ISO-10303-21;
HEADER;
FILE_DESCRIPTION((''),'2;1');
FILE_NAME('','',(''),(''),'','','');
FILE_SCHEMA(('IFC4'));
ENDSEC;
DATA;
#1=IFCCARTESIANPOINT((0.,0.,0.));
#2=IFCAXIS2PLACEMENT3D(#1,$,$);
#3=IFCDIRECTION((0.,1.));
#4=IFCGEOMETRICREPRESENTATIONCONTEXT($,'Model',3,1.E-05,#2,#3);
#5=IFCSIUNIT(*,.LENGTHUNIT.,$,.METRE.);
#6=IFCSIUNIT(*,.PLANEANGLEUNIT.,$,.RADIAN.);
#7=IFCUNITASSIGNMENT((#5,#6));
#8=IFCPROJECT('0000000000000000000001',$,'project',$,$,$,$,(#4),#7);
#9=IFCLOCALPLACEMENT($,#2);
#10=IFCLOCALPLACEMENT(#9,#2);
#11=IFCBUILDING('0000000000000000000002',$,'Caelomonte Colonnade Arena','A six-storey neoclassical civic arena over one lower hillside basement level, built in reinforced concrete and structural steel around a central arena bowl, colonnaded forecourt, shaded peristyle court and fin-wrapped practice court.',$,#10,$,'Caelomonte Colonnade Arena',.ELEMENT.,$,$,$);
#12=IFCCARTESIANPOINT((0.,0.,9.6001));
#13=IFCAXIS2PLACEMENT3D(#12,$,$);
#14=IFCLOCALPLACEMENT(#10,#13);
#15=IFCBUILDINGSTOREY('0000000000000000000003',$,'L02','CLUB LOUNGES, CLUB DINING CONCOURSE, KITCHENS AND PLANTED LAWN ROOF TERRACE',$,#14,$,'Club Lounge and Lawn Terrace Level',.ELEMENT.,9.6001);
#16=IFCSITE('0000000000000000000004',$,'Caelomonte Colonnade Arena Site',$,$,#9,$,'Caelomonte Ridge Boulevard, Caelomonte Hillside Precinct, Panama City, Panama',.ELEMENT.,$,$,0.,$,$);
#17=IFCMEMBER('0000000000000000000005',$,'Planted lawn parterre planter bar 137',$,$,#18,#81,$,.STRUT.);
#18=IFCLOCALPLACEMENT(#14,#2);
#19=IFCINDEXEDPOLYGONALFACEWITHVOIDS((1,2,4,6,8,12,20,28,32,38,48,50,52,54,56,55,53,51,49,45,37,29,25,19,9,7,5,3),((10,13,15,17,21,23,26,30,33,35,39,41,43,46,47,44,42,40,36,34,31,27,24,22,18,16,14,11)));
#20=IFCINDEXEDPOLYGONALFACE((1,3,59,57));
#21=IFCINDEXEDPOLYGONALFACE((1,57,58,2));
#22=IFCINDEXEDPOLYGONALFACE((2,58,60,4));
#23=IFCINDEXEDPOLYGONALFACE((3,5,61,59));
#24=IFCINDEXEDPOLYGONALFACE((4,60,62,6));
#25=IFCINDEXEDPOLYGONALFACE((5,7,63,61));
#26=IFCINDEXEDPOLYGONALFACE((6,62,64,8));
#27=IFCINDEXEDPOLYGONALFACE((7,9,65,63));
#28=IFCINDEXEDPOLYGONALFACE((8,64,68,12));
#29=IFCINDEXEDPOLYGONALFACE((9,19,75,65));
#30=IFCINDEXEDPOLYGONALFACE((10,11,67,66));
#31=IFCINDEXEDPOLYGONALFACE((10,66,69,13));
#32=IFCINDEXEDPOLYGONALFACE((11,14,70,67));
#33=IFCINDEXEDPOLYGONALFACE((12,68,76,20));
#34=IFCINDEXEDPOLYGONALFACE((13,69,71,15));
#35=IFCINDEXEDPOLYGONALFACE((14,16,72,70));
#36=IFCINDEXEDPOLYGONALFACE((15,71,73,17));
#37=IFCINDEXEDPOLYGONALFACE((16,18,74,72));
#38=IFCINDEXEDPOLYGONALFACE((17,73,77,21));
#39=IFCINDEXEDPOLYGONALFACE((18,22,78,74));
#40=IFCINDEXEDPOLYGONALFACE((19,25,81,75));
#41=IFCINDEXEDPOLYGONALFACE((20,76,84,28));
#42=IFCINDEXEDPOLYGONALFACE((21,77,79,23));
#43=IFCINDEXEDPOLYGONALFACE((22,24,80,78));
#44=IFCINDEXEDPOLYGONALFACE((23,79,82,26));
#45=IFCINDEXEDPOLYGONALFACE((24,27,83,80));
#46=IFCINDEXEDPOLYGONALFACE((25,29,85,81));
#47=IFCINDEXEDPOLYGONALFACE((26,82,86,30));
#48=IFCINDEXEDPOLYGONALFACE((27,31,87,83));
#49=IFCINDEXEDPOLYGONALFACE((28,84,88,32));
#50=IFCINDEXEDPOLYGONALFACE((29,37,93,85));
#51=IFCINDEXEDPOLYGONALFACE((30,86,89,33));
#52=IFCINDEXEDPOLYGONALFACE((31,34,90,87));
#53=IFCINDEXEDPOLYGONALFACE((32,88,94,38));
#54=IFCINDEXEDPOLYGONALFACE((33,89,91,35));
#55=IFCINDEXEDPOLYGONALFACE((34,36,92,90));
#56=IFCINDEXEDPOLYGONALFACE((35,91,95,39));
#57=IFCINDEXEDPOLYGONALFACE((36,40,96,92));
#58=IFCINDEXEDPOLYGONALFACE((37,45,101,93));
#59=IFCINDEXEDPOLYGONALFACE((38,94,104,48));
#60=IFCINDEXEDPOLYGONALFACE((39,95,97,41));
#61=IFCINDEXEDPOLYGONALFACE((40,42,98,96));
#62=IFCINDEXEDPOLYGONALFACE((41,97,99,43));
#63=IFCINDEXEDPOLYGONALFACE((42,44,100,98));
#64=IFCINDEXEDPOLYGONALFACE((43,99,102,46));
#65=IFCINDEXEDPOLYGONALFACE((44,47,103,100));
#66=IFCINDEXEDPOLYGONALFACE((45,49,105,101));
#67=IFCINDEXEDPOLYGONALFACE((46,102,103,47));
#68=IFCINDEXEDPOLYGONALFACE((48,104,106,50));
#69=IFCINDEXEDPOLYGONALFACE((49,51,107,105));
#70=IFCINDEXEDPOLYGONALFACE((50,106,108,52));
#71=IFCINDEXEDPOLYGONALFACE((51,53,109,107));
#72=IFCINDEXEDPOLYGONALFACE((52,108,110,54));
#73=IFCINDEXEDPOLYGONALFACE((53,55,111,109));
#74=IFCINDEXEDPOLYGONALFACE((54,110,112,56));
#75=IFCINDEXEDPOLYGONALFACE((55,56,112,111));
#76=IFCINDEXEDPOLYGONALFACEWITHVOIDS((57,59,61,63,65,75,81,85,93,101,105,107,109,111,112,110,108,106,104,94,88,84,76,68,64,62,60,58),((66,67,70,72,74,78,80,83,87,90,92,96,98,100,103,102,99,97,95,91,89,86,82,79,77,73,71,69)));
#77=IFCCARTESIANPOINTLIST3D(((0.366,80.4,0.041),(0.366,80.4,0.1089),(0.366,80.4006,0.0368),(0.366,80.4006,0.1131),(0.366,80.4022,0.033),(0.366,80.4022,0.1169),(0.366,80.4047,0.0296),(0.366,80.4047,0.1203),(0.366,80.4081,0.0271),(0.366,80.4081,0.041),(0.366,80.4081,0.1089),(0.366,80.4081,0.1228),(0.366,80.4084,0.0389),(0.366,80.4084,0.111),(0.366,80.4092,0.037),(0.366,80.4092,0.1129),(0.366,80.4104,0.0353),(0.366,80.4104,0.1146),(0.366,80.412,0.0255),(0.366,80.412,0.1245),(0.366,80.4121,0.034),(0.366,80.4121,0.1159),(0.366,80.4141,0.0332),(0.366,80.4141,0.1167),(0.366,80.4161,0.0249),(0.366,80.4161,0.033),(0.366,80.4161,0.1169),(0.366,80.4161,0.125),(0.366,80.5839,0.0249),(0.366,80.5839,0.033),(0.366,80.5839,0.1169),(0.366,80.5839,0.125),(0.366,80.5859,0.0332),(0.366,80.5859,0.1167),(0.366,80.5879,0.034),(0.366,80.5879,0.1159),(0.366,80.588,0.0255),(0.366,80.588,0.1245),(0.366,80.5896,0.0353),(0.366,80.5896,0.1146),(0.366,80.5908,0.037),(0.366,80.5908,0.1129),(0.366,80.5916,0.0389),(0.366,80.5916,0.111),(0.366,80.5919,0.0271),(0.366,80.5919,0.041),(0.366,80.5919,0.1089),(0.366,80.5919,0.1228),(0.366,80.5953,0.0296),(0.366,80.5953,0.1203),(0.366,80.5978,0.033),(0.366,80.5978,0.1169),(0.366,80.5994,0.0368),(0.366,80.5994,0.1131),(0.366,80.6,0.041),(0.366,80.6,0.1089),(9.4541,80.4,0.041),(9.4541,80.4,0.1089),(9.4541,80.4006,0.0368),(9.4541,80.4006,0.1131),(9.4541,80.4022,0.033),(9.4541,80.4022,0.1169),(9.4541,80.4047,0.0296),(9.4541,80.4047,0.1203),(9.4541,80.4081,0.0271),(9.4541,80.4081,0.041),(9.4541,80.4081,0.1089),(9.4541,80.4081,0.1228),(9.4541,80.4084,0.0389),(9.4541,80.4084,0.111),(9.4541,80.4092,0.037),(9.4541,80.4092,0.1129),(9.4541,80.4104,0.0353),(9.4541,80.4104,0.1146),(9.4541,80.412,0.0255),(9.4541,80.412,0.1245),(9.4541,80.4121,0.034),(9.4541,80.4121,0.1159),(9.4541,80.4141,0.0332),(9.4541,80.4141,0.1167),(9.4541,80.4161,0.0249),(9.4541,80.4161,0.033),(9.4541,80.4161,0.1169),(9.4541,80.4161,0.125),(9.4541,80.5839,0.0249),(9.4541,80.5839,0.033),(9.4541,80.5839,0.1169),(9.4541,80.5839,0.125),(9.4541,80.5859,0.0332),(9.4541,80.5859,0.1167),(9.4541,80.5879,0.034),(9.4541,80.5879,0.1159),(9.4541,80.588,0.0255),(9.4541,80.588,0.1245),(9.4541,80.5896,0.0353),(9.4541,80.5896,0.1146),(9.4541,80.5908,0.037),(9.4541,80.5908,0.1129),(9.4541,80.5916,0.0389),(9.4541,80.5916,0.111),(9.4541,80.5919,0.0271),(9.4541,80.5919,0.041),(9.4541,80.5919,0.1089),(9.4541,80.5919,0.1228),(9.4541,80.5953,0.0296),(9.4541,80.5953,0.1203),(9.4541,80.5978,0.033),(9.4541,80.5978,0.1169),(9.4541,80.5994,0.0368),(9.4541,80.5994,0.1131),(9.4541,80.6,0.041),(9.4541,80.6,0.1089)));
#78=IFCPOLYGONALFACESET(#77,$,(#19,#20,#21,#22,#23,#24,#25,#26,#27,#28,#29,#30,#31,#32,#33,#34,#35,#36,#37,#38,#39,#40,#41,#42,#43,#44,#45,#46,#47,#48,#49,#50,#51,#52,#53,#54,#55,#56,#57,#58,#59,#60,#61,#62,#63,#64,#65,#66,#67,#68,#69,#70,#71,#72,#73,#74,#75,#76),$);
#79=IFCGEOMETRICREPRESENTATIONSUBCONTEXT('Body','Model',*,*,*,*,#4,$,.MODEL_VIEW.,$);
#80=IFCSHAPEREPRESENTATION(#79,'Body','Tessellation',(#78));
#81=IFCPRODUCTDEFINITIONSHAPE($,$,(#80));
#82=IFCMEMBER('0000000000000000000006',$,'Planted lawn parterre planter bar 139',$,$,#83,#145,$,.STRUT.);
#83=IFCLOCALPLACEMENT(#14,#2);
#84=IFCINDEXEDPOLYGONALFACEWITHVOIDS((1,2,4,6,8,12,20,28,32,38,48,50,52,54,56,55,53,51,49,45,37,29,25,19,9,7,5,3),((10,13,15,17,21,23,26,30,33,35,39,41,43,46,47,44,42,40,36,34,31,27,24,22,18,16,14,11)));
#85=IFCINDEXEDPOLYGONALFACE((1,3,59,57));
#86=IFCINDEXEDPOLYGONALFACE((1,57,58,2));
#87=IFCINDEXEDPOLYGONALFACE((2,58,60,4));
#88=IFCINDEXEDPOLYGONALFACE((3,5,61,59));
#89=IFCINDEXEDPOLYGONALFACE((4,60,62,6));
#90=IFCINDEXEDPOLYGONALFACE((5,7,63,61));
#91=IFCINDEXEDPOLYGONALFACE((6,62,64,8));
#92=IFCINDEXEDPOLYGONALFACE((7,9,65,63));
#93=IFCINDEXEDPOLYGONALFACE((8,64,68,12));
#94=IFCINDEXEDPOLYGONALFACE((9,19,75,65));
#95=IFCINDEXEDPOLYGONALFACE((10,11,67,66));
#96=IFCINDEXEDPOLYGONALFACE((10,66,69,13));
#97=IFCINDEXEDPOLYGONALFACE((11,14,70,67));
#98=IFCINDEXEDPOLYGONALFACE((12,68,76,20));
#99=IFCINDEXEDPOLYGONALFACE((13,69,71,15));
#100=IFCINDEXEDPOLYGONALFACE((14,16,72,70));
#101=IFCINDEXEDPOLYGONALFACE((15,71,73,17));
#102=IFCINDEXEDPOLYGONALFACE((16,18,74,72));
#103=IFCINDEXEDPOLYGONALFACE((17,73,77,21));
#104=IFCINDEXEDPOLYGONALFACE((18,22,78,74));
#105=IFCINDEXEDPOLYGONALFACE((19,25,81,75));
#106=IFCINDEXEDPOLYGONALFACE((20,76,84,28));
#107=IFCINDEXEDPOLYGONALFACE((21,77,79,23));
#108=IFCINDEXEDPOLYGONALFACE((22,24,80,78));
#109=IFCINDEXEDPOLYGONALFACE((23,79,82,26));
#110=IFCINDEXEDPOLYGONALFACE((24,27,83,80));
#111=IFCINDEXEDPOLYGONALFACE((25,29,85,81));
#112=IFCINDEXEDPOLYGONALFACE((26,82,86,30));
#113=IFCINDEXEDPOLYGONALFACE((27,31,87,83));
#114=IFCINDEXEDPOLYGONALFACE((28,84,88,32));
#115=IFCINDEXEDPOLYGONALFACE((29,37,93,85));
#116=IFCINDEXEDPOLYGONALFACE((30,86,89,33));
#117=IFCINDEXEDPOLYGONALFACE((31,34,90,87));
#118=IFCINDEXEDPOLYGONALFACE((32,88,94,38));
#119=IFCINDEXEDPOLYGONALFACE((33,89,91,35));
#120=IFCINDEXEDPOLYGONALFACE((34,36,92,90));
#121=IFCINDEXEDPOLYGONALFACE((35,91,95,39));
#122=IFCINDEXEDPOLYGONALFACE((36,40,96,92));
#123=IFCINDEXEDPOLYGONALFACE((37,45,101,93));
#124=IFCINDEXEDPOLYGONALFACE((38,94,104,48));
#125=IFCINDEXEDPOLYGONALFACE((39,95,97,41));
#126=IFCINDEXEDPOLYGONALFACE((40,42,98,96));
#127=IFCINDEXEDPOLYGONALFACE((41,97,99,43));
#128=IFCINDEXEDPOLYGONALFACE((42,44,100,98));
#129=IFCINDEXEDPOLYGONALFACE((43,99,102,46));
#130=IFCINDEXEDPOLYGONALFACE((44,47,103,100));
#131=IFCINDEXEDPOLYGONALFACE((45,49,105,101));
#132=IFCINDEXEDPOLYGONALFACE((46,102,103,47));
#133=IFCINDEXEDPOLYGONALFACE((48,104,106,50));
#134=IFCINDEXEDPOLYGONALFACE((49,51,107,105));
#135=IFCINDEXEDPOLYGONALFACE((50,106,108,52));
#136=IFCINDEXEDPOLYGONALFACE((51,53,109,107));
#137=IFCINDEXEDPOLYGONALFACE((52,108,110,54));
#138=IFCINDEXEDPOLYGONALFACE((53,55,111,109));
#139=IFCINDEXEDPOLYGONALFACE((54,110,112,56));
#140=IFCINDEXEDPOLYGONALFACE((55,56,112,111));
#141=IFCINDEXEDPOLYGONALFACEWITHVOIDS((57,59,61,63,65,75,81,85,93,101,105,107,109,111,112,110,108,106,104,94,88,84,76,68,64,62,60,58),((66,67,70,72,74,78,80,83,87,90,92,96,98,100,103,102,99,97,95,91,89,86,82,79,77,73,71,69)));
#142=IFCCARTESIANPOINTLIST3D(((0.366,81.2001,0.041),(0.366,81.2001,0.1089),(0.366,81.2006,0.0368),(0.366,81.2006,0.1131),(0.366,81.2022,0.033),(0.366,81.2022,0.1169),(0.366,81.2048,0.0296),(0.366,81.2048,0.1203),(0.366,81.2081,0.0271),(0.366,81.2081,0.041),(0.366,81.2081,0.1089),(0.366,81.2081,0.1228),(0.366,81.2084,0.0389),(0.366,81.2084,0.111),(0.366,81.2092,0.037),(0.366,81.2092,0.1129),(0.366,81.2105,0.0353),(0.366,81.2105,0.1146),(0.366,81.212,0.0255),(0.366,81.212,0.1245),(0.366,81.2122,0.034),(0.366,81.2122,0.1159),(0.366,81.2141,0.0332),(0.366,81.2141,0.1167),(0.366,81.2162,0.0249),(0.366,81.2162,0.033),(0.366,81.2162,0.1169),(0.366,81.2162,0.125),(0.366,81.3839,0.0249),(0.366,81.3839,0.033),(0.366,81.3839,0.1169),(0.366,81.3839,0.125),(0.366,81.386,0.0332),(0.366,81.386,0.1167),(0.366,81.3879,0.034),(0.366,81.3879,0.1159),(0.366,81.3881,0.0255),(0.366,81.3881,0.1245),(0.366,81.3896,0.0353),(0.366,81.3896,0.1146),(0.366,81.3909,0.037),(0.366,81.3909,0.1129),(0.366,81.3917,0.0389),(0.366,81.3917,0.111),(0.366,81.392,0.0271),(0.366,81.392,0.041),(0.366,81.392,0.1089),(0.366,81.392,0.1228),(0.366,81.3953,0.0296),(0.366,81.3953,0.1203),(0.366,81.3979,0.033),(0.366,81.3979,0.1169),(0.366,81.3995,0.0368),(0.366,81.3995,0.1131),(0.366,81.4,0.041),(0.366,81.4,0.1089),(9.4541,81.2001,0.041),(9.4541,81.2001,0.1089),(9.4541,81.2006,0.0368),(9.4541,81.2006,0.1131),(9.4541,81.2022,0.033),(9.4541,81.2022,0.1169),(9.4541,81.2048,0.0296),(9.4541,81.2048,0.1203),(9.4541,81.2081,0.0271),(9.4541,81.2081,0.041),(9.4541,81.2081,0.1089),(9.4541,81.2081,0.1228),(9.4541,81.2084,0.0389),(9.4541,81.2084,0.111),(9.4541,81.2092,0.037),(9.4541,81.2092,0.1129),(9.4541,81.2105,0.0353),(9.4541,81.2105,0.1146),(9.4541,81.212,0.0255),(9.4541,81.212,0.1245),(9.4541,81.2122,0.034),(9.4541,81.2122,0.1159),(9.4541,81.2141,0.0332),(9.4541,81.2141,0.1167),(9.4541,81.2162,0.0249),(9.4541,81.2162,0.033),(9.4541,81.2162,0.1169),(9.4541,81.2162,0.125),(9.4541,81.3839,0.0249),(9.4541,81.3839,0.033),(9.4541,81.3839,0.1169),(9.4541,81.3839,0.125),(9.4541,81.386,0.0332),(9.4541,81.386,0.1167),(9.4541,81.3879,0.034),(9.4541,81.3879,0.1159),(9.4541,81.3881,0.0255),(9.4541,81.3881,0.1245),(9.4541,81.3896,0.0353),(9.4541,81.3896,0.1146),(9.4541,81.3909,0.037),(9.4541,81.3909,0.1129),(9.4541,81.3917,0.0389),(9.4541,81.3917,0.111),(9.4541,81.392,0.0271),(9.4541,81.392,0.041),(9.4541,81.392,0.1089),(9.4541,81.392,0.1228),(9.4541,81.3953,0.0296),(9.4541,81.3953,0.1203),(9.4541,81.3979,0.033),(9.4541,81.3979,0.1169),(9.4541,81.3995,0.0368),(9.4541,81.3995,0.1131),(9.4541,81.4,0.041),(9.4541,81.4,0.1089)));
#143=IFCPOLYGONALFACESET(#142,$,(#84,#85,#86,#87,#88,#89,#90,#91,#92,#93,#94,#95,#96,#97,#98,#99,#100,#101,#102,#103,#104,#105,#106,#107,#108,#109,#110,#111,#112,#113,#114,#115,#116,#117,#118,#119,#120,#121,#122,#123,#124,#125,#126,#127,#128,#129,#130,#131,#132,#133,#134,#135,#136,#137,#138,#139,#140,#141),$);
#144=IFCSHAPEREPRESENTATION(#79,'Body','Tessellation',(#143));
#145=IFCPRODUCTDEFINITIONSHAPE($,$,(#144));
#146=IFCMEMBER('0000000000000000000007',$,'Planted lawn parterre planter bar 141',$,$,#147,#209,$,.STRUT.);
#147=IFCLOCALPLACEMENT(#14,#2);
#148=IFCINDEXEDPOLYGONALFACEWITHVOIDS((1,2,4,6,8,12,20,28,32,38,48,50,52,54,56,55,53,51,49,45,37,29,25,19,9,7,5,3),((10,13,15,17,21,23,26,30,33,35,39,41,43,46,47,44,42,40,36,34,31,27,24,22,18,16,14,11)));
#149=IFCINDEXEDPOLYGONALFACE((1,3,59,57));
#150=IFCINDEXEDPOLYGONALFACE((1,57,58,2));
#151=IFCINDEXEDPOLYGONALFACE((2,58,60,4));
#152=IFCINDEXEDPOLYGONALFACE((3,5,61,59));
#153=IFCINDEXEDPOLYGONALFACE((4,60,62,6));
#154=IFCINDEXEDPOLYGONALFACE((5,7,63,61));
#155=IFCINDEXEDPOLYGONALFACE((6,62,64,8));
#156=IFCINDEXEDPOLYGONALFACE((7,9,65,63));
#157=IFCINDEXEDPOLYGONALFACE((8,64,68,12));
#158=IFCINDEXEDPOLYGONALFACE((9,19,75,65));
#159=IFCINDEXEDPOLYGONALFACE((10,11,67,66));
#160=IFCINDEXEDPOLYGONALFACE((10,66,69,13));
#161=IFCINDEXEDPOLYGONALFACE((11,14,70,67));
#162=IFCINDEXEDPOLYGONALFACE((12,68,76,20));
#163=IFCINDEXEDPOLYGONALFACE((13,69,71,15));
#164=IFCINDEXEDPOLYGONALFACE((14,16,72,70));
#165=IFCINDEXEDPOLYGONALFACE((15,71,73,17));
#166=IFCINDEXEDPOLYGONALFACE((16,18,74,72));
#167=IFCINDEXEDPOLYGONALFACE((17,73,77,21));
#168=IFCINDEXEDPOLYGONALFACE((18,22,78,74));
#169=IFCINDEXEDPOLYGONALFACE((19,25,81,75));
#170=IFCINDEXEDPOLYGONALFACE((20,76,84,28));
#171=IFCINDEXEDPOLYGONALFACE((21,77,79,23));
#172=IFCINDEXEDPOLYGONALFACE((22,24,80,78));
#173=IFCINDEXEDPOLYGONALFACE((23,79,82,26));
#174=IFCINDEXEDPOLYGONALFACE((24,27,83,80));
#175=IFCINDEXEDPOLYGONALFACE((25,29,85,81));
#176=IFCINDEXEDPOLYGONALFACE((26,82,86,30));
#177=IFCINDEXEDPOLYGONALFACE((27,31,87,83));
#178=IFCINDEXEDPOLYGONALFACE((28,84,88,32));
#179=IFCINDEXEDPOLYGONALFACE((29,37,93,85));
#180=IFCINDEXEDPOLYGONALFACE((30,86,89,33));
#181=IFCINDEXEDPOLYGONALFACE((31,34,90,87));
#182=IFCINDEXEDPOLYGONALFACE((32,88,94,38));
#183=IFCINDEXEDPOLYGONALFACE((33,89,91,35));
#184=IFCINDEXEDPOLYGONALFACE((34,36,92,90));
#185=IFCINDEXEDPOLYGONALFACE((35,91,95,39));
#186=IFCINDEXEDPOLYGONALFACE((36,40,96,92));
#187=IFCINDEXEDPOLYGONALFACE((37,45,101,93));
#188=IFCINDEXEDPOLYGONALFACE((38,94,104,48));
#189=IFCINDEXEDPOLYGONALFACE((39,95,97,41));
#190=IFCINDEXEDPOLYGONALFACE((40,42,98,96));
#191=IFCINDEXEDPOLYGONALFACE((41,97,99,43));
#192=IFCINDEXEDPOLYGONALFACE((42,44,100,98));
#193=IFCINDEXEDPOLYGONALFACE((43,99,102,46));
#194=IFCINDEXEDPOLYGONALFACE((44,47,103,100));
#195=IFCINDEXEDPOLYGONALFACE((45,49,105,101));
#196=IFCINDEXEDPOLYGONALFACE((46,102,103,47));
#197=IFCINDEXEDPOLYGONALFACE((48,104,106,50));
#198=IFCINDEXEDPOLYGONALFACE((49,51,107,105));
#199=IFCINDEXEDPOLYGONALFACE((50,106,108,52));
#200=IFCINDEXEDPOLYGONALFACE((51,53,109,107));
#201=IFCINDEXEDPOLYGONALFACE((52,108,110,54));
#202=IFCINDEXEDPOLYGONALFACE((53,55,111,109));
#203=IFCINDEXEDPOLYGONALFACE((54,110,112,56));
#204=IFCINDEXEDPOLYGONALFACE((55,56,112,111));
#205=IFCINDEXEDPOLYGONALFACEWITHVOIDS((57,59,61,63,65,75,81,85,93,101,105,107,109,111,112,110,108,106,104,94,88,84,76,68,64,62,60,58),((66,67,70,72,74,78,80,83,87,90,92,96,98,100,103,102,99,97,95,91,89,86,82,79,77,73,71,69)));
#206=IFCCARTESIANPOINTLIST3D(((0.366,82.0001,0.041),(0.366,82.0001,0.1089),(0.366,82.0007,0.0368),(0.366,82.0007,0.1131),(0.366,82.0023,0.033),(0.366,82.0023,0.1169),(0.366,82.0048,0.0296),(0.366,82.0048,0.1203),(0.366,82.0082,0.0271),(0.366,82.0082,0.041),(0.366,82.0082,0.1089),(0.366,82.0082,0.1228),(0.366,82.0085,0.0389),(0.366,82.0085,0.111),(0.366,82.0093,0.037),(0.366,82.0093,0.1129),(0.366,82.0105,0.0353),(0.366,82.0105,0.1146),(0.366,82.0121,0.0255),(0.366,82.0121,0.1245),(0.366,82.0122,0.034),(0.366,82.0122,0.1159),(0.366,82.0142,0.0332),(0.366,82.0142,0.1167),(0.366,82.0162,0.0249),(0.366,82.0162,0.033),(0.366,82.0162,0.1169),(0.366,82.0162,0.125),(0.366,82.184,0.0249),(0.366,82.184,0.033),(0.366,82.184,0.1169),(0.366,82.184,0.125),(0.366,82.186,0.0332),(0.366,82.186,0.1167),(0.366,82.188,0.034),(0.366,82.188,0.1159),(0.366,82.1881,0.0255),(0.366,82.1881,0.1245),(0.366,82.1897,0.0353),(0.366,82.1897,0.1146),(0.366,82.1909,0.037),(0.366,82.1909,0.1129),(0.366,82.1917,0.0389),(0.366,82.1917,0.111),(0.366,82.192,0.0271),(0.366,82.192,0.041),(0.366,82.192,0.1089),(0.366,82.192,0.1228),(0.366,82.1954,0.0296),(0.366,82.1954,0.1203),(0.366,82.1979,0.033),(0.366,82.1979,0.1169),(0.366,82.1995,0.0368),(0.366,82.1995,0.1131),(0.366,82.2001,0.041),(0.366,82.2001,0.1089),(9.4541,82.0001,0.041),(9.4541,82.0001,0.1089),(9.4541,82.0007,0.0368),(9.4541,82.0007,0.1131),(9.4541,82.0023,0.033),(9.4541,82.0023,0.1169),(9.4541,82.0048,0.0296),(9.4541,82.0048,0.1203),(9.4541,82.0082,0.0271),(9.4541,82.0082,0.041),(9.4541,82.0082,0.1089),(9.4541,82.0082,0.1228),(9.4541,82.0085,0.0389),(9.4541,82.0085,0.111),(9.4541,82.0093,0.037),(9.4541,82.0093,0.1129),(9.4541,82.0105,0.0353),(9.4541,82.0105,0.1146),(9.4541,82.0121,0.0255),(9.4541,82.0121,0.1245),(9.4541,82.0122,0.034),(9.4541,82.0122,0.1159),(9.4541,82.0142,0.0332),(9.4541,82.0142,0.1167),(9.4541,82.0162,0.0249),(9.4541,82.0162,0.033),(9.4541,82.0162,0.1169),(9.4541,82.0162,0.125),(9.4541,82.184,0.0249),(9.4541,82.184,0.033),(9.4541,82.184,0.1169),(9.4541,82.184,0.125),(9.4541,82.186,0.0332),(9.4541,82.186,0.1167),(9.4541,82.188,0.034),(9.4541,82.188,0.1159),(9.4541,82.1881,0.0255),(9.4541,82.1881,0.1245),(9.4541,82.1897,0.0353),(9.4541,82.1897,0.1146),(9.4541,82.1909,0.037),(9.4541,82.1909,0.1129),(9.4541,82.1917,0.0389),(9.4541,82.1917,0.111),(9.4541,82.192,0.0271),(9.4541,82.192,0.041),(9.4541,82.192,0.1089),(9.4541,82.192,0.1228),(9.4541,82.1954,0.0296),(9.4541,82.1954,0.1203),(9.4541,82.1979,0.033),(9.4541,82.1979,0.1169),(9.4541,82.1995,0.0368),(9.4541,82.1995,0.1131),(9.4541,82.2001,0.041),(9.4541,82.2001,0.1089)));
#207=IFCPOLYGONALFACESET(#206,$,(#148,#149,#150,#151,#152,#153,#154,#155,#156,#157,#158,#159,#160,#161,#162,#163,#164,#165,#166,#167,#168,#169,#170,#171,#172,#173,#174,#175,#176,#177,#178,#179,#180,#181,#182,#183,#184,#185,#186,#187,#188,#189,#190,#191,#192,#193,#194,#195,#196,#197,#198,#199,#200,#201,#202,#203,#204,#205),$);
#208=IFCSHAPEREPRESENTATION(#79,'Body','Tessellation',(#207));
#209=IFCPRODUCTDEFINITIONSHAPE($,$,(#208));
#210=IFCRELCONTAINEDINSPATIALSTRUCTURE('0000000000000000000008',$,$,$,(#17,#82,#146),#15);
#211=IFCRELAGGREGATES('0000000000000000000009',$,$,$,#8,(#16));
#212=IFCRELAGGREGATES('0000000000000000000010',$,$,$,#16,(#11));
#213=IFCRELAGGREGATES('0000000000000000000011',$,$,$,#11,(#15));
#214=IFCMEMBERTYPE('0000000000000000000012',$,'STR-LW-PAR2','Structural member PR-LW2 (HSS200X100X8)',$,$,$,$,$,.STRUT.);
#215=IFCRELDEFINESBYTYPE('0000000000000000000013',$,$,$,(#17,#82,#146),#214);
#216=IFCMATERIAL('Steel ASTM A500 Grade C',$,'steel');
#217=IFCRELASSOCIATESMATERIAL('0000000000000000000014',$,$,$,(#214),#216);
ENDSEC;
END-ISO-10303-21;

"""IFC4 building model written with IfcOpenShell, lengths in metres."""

from ifc_helpers import new_model, si_unit, direction, frame, origin, origin_2d, place, context, subcontext, project, spatial, hollow_rectangle, extrude, material, material_profile, profile_set, type_object, element, save


model = new_model("IFC4")

# Units and contexts
model_context = context("Model", 3, precision=1e-05, world=origin(), true_north=direction((0.0, 1.0)))
body_context = subcontext(model_context, "Body", "Model", "MODEL_VIEW")
ifc_project = project(units=[si_unit("LENGTHUNIT", "METRE"), si_unit("PLANEANGLEUNIT", "RADIAN")], contexts=[model_context])

# Site, building, storey
site_placement = place(None, origin())
site = spatial("IfcSite", under=ifc_project, at=site_placement, Name="Caelomonte Colonnade Arena Site", LongName="Caelomonte Ridge Boulevard, Caelomonte Hillside Precinct, Panama City, Panama", CompositionType="ELEMENT", RefElevation=0.0)
building_placement = place(site_placement, origin())
building = spatial("IfcBuilding", under=site, at=building_placement, Name="Caelomonte Colonnade Arena", Description="A six-storey neoclassical civic arena over one lower hillside basement level, built in reinforced concrete and structural steel around a central arena bowl, colonnaded forecourt, shaded peristyle court and fin-wrapped practice court.", LongName="Caelomonte Colonnade Arena", CompositionType="ELEMENT")
storey_placement = place(building_placement, frame((0.0, 0.0, 9.6001)))
storey = spatial("IfcBuildingStorey", under=building, at=storey_placement, Name="L02", Description="CLUB LOUNGES, CLUB DINING CONCOURSE, KITCHENS AND PLANTED LAWN ROOF TERRACE", LongName="Club Lounge and Lawn Terrace Level", CompositionType="ELEMENT", Elevation=9.6001)

# Members
ifc_material_1 = material(Name="Steel ASTM A500 Grade C", Category="steel")
ifc_material_profile_1 = material_profile(ifc_material_1, hollow_rectangle(XDim=0.2, YDim=0.1001, WallThickness=0.0081, InnerFilletRadius=0.0081, OuterFilletRadius=0.0161, at=origin_2d()), Name="HSS200X100X8")
ifc_profile_set_1 = profile_set([ifc_material_profile_1], Name="Steel ASTM A500 Grade C")
member_type_1 = type_object("IfcMemberType", Name="STR-LW-PAR2", Description="Structural member PR-LW2 (HSS200X100X8)", PredefinedType="STRUT", material=ifc_profile_set_1)
for number, where, z_axis, x_axis, name in (
    (1, (0.366, 80.5, 0.075), (1.0, 0.0, 0.0), (0.0, 1.0, 0.0), "Planted lawn parterre planter bar 137"),
    (2, (0.366, 81.3, 0.075), (1.0, 0.0, 0.0), (0.0, 1.0, 0.0), "Planted lawn parterre planter bar 139"),
    (3, (0.366, 82.1001, 0.075), (1.0, 0.0, 0.0), (0.0, 1.0, 0.0), "Planted lawn parterre planter bar 141"),
):
    element("IfcMember", number, at=place(storey_placement, frame(where, z_axis=z_axis, x_axis=x_axis)), inside=storey, type_object=member_type_1, Name=name, PredefinedType="STRUT", context=body_context, shape_type="SweptSolid", body=[
        extrude(hollow_rectangle(XDim=0.2, YDim=0.1001, WallThickness=0.0081, InnerFilletRadius=0.0081, OuterFilletRadius=0.0161, at=origin_2d()), origin(), (0.0, 0.0, 1.0), 9.0881),
    ])

save(model, "model.ifc")
